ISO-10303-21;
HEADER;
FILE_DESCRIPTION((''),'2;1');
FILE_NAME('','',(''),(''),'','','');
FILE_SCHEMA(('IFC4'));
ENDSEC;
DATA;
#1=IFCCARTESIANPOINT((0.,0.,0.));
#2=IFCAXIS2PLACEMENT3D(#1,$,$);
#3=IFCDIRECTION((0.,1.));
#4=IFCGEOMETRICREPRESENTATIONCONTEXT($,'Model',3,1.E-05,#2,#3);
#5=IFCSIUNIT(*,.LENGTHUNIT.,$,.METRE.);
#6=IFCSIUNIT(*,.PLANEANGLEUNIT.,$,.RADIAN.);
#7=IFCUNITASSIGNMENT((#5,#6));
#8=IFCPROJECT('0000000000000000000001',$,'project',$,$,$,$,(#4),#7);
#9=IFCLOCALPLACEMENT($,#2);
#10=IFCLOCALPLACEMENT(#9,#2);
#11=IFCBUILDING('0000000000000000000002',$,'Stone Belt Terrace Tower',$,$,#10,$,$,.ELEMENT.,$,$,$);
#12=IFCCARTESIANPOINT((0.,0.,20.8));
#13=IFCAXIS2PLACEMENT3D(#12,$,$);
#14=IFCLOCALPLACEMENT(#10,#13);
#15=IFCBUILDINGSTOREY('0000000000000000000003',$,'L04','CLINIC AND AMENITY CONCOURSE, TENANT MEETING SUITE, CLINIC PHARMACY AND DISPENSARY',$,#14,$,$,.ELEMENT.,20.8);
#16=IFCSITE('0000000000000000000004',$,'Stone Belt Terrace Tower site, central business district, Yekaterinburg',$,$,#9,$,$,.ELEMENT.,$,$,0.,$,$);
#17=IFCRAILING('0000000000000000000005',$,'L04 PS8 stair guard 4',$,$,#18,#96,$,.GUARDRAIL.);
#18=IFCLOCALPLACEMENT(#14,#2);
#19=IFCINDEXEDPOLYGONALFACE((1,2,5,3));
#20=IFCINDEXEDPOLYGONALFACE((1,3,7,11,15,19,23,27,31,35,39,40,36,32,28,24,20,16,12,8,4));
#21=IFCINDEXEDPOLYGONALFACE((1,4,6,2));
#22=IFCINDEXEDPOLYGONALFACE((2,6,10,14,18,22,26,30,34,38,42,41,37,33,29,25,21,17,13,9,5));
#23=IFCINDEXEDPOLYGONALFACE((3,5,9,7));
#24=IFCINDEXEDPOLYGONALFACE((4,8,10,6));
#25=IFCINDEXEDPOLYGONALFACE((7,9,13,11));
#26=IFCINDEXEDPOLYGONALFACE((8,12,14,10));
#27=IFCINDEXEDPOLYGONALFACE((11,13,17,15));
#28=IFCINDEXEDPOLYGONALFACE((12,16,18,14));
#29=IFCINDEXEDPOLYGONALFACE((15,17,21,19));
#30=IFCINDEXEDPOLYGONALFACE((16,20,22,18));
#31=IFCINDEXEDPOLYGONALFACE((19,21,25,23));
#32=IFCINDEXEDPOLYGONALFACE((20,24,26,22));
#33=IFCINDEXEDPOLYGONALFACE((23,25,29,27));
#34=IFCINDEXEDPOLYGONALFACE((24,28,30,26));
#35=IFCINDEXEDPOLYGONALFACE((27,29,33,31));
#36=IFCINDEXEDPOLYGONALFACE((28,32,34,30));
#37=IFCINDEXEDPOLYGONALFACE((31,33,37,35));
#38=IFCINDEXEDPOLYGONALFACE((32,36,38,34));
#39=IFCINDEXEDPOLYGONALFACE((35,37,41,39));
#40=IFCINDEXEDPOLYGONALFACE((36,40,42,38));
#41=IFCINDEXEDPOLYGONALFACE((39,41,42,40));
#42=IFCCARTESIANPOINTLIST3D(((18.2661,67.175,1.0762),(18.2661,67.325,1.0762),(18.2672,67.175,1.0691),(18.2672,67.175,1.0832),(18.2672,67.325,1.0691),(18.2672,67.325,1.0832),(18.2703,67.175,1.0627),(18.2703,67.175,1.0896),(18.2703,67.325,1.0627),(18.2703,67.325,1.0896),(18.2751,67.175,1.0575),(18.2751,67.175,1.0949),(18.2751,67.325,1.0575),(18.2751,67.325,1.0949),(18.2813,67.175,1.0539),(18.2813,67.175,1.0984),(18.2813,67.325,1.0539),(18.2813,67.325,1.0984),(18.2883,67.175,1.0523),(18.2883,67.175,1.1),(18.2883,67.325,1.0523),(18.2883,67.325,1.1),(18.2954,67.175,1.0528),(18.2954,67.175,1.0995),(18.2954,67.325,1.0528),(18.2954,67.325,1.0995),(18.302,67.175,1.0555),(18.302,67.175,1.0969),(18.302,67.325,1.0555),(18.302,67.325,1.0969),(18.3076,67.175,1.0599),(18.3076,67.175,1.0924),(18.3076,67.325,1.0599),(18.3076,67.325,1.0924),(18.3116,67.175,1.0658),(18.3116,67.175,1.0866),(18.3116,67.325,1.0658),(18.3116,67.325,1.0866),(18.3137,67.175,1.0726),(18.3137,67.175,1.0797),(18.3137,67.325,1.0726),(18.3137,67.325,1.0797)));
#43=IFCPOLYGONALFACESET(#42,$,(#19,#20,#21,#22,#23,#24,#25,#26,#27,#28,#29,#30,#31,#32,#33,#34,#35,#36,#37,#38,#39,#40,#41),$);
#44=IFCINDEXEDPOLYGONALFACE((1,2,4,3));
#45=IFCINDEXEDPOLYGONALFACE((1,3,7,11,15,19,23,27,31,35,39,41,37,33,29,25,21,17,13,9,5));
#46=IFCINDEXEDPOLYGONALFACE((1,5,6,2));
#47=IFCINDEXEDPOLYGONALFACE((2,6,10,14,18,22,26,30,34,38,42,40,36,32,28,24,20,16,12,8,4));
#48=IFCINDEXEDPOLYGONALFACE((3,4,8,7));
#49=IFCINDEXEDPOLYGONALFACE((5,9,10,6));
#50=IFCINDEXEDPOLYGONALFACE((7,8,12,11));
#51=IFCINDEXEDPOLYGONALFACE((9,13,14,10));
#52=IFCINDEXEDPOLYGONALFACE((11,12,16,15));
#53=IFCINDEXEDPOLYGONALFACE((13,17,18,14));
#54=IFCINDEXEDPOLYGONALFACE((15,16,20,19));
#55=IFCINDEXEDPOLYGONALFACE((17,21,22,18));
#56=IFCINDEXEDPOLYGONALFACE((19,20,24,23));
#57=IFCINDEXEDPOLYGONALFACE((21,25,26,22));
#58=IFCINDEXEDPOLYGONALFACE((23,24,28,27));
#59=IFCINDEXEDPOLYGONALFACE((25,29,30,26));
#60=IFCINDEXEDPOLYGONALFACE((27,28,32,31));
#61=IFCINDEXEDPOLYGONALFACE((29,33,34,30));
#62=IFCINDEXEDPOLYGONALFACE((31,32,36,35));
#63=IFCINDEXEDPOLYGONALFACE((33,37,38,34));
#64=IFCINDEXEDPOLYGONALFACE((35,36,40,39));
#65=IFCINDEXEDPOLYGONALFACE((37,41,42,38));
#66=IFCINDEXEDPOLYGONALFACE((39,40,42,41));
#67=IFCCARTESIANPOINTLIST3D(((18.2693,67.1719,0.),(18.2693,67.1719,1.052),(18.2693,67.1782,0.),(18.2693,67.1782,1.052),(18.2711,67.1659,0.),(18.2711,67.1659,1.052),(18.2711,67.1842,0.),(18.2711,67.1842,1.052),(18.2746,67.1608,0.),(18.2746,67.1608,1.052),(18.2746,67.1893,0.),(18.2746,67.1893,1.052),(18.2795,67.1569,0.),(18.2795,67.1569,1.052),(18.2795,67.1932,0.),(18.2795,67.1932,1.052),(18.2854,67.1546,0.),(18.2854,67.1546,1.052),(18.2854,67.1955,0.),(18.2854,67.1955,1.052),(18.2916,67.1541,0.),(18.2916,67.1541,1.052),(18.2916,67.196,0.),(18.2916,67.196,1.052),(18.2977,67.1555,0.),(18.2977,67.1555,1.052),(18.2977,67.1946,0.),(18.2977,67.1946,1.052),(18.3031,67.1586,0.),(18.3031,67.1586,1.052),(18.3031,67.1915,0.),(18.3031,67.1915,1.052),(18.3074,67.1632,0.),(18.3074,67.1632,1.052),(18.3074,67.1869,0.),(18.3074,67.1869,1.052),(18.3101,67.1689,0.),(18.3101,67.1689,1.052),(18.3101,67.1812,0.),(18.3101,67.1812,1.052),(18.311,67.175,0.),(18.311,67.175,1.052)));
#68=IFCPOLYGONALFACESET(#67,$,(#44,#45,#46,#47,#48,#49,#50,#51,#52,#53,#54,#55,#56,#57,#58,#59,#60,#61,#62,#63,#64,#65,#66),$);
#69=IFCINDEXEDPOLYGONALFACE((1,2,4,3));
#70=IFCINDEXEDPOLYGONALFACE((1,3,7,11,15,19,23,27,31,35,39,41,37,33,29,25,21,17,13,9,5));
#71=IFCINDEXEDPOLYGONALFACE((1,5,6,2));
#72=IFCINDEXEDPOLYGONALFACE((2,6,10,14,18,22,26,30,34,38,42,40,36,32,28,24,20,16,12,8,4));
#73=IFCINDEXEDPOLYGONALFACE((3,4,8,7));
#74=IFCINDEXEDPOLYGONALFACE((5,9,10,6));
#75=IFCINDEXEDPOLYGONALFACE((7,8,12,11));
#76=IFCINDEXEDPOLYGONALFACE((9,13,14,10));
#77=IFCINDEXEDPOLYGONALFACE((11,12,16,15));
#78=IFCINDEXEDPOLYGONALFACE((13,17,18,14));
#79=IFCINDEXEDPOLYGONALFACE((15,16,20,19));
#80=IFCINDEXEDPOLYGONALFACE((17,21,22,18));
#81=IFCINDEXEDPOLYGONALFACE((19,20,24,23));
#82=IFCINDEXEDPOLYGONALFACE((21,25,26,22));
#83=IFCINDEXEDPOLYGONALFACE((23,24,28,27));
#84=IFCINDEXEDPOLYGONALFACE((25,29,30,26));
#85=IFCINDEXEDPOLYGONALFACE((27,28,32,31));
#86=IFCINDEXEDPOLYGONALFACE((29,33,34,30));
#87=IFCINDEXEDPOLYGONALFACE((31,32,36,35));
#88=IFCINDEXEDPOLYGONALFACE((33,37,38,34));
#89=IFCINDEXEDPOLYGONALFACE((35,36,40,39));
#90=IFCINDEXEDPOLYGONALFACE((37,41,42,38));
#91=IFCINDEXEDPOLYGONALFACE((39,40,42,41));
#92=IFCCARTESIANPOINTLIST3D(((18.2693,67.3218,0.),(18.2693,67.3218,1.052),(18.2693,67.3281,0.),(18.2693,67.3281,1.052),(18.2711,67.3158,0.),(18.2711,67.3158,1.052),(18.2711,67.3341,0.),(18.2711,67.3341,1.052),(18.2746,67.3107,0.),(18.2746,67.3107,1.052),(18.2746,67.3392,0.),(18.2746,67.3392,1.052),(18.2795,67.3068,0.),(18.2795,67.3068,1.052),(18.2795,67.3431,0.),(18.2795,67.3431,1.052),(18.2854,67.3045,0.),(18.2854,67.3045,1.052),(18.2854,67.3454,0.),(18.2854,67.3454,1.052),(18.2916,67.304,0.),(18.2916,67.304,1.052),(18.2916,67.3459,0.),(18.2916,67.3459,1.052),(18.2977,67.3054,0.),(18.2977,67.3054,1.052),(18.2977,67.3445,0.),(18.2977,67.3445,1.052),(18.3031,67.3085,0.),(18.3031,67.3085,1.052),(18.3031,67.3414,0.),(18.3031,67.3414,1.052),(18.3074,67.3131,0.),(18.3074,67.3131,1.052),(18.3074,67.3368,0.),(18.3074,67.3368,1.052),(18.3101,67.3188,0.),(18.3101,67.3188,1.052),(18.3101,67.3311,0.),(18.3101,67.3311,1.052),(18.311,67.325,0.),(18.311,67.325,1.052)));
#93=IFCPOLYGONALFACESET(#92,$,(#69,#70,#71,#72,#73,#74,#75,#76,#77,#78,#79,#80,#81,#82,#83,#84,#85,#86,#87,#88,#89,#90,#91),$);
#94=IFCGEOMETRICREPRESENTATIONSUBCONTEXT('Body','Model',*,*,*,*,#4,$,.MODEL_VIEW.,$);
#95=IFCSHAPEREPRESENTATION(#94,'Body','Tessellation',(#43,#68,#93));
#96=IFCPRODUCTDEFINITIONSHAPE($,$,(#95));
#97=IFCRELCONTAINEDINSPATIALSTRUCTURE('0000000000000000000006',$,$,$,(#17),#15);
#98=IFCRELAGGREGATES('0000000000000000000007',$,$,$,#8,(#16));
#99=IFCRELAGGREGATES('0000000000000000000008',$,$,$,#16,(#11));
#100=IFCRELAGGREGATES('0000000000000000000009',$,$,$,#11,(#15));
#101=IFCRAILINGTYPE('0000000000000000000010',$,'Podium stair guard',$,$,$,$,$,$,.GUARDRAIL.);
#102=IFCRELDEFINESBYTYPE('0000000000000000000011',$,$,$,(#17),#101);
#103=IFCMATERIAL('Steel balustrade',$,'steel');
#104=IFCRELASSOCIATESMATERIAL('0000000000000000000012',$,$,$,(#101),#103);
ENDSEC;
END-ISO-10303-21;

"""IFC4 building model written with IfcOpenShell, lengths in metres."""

from ifc_helpers import new_model, si_unit, direction, frame, origin, origin_2d, place, context, subcontext, project, spatial, circle, extrude, material, type_object, element, save


model = new_model("IFC4")

# Units and contexts
model_context = context("Model", 3, precision=1e-05, world=origin(), true_north=direction((0.0, 1.0)))
body_context = subcontext(model_context, "Body", "Model", "MODEL_VIEW")
ifc_project = project(units=[si_unit("LENGTHUNIT", "METRE"), si_unit("PLANEANGLEUNIT", "RADIAN")], contexts=[model_context])

# Site, building, storey
site_placement = place(None, origin())
site = spatial("IfcSite", under=ifc_project, at=site_placement, Name="Stone Belt Terrace Tower site, central business district, Yekaterinburg", CompositionType="ELEMENT", RefElevation=0.0)
building_placement = place(site_placement, origin())
building = spatial("IfcBuilding", under=site, at=building_placement, Name="Stone Belt Terrace Tower", CompositionType="ELEMENT")
storey_placement = place(building_placement, frame((0.0, 0.0, 20.8)))
storey = spatial("IfcBuildingStorey", under=building, at=storey_placement, Name="L04", Description="CLINIC AND AMENITY CONCOURSE, TENANT MEETING SUITE, CLINIC PHARMACY AND DISPENSARY", CompositionType="ELEMENT", Elevation=20.8)

# Railing
ifc_material_1 = material(Name="Steel balustrade", Category="steel")
railing_type_1 = type_object("IfcRailingType", Name="Podium stair guard", PredefinedType="GUARDRAIL", material=ifc_material_1)
railing_1_placement = place(storey_placement, frame((18.29, 67.175, 0.0)))
element("IfcRailing", 1, at=railing_1_placement, inside=storey, type_object=railing_type_1, Name="L04 PS8 stair guard 4", PredefinedType="GUARDRAIL", context=body_context, shape_type="SweptSolid", body=[
    extrude(circle(Radius=0.0239, at=origin_2d()), frame((0.0, 0.0, 1.0762), z_axis=(0.0, 1.0, 0.0), x_axis=(-1.0, 0.0, 0.0)), (0.0, 0.0, 1.0), 0.1499),
    extrude(circle(Radius=0.021, at=origin_2d()), origin(), (0.0, 0.0, 1.0), 1.052),
    extrude(circle(Radius=0.021, at=origin_2d()), frame((0.0, 0.1499, 0.0)), (0.0, 0.0, 1.0), 1.052),
])

save(model, "model.ifc")
